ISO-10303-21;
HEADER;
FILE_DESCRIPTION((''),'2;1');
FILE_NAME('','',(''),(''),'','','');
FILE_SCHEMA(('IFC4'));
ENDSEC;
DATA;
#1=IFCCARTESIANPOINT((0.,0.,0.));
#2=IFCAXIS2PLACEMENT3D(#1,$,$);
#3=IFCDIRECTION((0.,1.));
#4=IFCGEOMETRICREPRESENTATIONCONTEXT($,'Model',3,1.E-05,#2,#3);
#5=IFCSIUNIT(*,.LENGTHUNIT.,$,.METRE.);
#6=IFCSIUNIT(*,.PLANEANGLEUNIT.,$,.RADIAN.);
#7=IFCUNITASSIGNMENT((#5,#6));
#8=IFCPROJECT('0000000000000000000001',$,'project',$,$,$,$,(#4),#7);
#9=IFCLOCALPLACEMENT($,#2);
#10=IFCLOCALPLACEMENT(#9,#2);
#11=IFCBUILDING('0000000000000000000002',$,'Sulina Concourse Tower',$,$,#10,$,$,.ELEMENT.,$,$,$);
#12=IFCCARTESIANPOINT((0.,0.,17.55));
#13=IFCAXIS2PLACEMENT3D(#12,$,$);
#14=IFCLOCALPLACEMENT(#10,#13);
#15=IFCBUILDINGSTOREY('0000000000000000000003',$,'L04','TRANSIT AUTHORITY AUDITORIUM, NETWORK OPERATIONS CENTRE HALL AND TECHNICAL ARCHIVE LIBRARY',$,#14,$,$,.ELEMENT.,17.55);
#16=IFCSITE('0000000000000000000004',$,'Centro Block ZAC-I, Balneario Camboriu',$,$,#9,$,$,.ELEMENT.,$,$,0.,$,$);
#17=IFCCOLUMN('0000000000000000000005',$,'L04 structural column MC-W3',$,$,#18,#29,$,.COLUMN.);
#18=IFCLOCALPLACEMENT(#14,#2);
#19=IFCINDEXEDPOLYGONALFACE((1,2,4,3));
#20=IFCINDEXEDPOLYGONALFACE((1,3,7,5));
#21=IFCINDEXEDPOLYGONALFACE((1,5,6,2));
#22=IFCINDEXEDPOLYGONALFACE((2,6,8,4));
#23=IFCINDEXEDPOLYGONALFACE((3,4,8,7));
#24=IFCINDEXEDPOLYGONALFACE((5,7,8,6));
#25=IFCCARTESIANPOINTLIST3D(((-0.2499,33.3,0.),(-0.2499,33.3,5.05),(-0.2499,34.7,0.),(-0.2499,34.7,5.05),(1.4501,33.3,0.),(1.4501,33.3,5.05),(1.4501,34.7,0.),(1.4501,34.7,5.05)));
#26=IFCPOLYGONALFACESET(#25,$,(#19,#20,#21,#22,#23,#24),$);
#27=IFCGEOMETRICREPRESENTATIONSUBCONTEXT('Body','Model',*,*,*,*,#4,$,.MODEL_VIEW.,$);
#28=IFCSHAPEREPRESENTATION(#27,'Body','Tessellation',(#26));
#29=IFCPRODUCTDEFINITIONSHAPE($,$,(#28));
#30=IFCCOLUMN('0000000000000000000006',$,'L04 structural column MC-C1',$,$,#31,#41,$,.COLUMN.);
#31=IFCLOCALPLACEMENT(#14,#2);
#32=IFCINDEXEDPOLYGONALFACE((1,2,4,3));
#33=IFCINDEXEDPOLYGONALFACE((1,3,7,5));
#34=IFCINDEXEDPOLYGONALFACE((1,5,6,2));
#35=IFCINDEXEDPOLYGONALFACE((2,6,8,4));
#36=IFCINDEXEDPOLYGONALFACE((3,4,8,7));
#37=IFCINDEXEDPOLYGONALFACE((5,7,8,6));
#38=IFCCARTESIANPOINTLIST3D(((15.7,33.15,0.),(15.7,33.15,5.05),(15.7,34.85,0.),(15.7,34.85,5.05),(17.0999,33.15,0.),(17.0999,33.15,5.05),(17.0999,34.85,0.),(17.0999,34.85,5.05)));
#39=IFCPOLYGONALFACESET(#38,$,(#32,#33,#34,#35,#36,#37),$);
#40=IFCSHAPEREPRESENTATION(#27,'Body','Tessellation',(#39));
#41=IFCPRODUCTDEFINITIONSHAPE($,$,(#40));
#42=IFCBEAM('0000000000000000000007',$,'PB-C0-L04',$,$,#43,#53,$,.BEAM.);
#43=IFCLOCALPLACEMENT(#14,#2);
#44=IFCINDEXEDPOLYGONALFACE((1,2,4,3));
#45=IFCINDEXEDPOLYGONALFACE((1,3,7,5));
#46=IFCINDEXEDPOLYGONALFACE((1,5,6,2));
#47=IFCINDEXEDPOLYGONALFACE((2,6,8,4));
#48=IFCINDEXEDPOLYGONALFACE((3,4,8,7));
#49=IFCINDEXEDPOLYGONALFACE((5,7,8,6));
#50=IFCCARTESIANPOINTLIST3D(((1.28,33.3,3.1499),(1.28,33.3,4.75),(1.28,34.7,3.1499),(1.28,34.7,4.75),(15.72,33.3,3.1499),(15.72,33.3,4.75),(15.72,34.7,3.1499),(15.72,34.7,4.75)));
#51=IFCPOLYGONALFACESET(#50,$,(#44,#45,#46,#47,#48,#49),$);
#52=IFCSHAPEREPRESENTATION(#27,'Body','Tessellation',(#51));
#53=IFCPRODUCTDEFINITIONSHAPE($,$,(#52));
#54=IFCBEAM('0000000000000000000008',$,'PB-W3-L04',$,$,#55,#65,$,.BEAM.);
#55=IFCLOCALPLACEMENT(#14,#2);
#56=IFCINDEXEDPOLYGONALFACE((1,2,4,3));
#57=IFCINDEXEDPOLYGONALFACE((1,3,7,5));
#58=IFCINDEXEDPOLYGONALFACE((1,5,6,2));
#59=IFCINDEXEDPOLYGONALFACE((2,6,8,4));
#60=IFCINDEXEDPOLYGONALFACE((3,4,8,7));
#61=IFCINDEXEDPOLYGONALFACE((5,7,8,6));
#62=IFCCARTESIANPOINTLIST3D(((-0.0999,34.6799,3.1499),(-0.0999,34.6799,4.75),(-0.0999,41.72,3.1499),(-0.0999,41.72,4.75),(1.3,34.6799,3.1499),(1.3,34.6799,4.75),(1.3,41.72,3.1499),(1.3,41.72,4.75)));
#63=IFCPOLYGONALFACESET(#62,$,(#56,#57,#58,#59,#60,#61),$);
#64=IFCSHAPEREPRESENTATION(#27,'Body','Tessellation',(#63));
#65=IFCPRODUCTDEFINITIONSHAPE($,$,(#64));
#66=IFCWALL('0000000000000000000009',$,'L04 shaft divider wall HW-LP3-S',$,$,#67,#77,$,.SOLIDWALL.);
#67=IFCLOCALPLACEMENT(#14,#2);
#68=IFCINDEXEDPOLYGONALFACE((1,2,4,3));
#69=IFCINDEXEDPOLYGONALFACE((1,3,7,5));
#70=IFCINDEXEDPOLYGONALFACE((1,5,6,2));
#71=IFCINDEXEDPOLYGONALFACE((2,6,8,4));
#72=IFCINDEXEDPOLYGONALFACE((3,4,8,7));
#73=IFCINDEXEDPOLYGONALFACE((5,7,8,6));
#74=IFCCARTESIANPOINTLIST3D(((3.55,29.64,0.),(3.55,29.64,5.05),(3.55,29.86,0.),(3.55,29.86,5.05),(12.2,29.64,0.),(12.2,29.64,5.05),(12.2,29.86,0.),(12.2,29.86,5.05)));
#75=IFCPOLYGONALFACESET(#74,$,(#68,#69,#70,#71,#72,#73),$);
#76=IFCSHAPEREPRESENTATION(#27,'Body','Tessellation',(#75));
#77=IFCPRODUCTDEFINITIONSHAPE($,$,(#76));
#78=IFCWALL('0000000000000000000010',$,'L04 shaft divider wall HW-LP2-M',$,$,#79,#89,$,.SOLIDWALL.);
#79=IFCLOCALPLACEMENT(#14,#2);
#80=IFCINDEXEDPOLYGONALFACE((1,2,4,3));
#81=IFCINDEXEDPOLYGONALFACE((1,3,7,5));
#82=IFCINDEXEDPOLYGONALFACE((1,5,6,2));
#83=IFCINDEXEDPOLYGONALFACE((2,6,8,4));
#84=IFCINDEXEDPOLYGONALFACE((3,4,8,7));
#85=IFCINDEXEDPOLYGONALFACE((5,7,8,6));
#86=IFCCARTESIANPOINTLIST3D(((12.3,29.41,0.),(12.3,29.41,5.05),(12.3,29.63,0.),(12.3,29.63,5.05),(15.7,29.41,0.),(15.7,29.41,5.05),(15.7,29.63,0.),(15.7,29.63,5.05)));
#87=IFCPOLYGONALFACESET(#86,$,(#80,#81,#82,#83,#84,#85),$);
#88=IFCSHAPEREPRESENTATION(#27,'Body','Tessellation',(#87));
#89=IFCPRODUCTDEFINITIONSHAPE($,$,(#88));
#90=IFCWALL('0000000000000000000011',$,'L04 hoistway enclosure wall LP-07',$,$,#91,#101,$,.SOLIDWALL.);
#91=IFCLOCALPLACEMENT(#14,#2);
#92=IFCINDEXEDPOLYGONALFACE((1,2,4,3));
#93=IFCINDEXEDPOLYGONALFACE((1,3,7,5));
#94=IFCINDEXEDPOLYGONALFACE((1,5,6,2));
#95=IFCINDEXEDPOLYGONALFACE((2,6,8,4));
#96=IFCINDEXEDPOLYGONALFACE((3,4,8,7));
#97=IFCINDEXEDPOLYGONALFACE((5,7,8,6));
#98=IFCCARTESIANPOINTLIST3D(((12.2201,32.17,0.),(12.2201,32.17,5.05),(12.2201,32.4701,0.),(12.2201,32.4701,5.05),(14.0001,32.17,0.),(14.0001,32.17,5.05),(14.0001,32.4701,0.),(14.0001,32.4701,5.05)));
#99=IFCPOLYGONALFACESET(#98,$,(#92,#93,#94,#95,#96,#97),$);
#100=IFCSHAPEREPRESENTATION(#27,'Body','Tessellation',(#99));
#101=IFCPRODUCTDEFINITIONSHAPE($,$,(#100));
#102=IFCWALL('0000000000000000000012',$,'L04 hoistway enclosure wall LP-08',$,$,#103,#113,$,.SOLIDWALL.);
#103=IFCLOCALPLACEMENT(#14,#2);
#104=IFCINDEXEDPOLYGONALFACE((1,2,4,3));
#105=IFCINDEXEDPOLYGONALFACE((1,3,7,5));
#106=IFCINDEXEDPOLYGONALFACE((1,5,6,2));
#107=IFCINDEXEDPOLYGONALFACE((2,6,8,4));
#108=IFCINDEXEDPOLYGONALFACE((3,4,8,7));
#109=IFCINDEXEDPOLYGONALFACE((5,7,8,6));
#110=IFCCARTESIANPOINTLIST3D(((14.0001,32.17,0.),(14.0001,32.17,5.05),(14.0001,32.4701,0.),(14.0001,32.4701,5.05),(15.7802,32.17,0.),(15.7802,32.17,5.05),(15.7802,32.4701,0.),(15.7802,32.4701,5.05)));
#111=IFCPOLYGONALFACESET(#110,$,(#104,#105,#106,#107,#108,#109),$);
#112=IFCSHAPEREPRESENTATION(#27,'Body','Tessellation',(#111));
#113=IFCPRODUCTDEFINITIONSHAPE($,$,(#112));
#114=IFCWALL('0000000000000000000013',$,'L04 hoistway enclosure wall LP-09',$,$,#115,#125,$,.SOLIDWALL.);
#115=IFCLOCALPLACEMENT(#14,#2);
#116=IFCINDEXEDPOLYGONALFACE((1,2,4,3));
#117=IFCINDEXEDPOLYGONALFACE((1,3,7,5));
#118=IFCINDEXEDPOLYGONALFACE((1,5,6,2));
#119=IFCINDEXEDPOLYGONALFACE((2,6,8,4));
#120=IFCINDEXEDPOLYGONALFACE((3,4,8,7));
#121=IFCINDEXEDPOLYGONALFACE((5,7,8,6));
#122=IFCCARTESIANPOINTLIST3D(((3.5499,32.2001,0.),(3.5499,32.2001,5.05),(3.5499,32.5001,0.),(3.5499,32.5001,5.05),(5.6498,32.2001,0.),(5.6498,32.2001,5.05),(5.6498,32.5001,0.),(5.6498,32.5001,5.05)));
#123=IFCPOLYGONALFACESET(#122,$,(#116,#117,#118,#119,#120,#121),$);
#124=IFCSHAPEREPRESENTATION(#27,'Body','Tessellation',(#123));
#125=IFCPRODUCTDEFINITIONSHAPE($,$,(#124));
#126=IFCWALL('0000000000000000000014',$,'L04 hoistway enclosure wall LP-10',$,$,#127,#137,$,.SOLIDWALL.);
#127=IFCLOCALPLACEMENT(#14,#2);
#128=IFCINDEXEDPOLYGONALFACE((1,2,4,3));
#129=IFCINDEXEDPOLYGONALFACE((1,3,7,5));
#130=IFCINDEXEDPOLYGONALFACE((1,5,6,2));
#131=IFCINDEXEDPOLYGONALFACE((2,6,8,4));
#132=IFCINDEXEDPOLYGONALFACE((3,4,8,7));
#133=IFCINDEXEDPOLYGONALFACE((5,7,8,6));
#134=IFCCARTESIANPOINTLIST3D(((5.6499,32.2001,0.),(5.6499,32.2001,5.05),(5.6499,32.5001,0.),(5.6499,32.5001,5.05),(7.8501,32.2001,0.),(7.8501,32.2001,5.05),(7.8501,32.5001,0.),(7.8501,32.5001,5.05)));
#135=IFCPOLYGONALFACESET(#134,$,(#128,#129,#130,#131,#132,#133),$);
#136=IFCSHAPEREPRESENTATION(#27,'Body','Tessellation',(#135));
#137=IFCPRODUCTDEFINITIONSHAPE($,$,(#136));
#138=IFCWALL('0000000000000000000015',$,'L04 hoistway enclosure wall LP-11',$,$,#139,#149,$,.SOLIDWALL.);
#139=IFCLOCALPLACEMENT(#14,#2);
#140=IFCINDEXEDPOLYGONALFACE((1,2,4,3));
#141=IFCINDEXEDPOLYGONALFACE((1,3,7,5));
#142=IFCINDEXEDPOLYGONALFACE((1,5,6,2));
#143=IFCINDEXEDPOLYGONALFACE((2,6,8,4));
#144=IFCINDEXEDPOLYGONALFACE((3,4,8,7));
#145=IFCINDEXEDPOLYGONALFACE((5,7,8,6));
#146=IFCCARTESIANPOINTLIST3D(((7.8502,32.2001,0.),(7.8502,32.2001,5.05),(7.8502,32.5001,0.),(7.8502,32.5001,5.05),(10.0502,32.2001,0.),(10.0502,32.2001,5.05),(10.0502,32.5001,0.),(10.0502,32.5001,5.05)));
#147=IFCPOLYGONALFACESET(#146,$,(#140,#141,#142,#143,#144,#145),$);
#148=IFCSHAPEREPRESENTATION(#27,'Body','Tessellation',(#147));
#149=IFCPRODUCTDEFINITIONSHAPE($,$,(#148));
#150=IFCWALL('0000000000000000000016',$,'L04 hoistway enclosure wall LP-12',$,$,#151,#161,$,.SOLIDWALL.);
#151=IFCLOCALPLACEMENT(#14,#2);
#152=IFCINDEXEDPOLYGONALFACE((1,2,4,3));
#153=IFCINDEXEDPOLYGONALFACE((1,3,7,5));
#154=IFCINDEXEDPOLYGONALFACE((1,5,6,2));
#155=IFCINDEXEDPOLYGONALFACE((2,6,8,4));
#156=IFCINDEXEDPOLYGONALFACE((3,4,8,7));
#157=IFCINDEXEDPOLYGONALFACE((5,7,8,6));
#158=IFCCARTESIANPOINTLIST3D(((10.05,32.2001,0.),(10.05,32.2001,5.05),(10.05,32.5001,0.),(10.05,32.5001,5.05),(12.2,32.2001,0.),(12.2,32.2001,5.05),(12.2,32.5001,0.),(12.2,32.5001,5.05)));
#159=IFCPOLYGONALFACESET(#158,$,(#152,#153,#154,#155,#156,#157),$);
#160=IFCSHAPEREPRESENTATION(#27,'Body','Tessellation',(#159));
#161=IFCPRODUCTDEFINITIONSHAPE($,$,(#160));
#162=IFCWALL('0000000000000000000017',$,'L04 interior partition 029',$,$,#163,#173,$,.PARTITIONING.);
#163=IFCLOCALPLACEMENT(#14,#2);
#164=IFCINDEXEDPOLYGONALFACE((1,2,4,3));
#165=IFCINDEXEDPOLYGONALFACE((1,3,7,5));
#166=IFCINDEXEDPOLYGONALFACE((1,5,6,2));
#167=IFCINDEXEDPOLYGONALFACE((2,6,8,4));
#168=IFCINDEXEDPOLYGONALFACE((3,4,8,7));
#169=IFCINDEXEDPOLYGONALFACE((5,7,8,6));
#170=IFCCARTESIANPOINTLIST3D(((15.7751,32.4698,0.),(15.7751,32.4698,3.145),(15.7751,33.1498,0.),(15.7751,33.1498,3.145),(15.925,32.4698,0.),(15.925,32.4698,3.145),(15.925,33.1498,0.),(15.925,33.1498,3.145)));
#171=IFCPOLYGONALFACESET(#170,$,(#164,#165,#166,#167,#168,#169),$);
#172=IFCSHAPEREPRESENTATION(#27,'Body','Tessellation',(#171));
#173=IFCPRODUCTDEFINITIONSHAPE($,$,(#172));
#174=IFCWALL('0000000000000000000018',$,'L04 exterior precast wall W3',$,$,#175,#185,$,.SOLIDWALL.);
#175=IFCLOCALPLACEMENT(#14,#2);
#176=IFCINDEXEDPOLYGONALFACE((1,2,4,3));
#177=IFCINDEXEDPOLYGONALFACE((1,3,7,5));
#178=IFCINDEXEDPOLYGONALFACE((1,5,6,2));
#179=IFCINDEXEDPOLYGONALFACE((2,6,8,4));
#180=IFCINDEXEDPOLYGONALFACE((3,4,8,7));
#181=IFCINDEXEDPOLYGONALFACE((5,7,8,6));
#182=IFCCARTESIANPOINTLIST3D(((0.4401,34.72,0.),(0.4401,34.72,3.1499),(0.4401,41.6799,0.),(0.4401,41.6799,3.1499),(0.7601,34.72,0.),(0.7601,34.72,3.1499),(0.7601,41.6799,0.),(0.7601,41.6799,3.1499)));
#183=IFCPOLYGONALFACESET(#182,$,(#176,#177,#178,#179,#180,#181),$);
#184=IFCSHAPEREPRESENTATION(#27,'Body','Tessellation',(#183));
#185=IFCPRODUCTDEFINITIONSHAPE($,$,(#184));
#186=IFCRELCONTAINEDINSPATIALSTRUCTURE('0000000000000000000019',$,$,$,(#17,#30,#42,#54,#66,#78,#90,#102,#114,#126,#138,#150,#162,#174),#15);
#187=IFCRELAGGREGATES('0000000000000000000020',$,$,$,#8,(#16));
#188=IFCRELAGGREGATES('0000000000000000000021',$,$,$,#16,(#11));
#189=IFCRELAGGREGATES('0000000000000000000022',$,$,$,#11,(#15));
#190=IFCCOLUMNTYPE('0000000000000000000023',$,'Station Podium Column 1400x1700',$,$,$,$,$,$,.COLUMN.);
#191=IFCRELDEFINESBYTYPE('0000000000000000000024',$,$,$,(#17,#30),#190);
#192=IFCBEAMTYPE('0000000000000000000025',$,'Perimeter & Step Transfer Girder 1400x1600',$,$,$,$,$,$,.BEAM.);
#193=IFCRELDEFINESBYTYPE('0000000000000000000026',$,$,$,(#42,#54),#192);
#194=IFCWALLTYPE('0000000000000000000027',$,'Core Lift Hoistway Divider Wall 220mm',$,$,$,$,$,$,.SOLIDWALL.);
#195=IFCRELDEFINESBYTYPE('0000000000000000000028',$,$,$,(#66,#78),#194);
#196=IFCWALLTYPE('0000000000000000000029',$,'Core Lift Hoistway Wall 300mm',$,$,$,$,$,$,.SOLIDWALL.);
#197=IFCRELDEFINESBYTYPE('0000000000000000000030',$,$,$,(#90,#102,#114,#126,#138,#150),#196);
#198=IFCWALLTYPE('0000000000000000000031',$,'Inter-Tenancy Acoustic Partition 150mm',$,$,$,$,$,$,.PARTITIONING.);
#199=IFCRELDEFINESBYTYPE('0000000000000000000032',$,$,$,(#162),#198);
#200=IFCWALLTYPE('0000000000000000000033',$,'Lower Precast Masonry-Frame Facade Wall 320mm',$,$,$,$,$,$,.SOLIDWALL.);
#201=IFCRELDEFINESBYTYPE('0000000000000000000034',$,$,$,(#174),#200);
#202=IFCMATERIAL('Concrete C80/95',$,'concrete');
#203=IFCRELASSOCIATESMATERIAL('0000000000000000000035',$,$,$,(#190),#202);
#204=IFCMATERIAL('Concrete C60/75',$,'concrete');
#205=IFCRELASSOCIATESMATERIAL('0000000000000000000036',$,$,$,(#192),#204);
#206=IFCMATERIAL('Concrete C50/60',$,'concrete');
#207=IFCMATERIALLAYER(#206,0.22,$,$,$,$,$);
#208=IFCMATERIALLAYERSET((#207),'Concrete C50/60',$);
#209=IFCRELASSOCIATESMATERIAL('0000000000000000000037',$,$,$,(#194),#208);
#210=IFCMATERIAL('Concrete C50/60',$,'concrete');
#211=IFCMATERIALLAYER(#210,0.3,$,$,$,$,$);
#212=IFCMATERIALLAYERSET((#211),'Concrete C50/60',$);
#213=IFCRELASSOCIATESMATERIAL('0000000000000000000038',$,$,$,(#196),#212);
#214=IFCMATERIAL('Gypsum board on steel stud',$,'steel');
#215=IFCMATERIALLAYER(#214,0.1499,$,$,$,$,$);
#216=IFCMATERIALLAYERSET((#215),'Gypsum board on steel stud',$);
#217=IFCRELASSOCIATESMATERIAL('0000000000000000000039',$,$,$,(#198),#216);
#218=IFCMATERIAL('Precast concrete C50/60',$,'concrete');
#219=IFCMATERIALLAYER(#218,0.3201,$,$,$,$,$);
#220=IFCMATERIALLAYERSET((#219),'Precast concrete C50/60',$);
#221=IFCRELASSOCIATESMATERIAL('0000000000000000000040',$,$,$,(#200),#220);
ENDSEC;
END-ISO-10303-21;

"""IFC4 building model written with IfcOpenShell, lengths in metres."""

from ifc_helpers import new_model, si_unit, direction, frame, frame_2d, origin, origin_2d, place, context, subcontext, project, spatial, rectangle, extrude, material, layer, layer_set, material_profile, profile_set, type_object, element, save


model = new_model("IFC4")

# Units and contexts
model_context = context("Model", 3, precision=1e-05, world=origin(), true_north=direction((0.0, 1.0)))
body_context = subcontext(model_context, "Body", "Model", "MODEL_VIEW")
ifc_project = project(units=[si_unit("LENGTHUNIT", "METRE"), si_unit("PLANEANGLEUNIT", "RADIAN")], contexts=[model_context])

# Site, building, storey
site_placement = place(None, origin())
site = spatial("IfcSite", under=ifc_project, at=site_placement, Name="Centro Block ZAC-I, Balneario Camboriu", CompositionType="ELEMENT", RefElevation=0.0)
building_placement = place(site_placement, origin())
building = spatial("IfcBuilding", under=site, at=building_placement, Name="Sulina Concourse Tower", CompositionType="ELEMENT")
storey_placement = place(building_placement, frame((0.0, 0.0, 17.55)))
storey = spatial("IfcBuildingStorey", under=building, at=storey_placement, Name="L04", Description="TRANSIT AUTHORITY AUDITORIUM, NETWORK OPERATIONS CENTRE HALL AND TECHNICAL ARCHIVE LIBRARY", CompositionType="ELEMENT", Elevation=17.55)

# Columns
ifc_material_1 = material(Name="Concrete C80/95", Category="concrete")
ifc_material_profile_1 = material_profile(ifc_material_1, rectangle(XDim=1.3999, YDim=1.7, at=origin_2d()), Name="RC 1400x1700")
ifc_profile_set_1 = profile_set([ifc_material_profile_1], Name="Concrete C80/95")
column_type = type_object("IfcColumnType", Name="Station Podium Column 1400x1700", PredefinedType="COLUMN", material=ifc_profile_set_1)
for number, where, z_axis, x_axis, name in (
    (1, (0.6001, 34.0, 0.0), (0.0, 0.0, 1.0), (0.0, 1.0, 0.0), "L04 structural column MC-W3"),
    (2, (16.3999, 34.0, 0.0), (0.0, 0.0, 1.0), (1.0, 0.0, 0.0), "L04 structural column MC-C1"),
):
    element("IfcColumn", number, at=place(storey_placement, frame(where, z_axis=z_axis, x_axis=x_axis)), inside=storey, type_object=column_type, Name=name, PredefinedType="COLUMN", context=body_context, shape_type="SweptSolid", body=[
        extrude(rectangle(XDim=1.3999, YDim=1.7, at=origin_2d()), origin(), (0.0, 0.0, 1.0), 5.05),
    ])

# Beams
ifc_material_2 = material(Name="Concrete C60/75", Category="concrete")
ifc_material_profile_2 = material_profile(ifc_material_2, rectangle(XDim=1.3999, YDim=1.6001, at=origin_2d()), Name="RC 1400x1600")
ifc_profile_set_2 = profile_set([ifc_material_profile_2], Name="Concrete C60/75")
beam_type = type_object("IfcBeamType", Name="Perimeter & Step Transfer Girder 1400x1600", PredefinedType="BEAM", material=ifc_profile_set_2)
beam_1_placement = place(storey_placement, frame((1.28, 34.0, 3.95), z_axis=(1.0, 0.0, 0.0), x_axis=(0.0, 1.0, 0.0)))
element("IfcBeam", 3, at=beam_1_placement, inside=storey, type_object=beam_type, Name="PB-C0-L04", PredefinedType="BEAM", context=body_context, shape_type="SweptSolid", body=[
    extrude(rectangle(XDim=1.3999, YDim=1.6001, at=origin_2d()), origin(), (0.0, 0.0, 1.0), 14.4399),
])
beam_2_placement = place(storey_placement, frame((0.6001, 34.6799, 3.95), z_axis=(0.0, 1.0, 0.0), x_axis=(-1.0, 0.0, 0.0)))
element("IfcBeam", 4, at=beam_2_placement, inside=storey, type_object=beam_type, Name="PB-W3-L04", PredefinedType="BEAM", context=body_context, shape_type="SweptSolid", body=[
    extrude(rectangle(XDim=1.3999, YDim=1.6001, at=origin_2d()), origin(), (0.0, 0.0, 1.0), 7.04),
])

# Walls
ifc_material_3 = material(Name="Concrete C50/60", Category="concrete")
ifc_layer_1 = layer(ifc_material_3, 0.22)
ifc_layer_set_1 = layer_set([ifc_layer_1], Name="Concrete C50/60")
wall_type_1 = type_object("IfcWallType", Name="Core Lift Hoistway Divider Wall 220mm", PredefinedType="SOLIDWALL", material=ifc_layer_set_1)
wall_1_placement = place(storey_placement, frame((3.55, 29.75, 0.0), z_axis=(0.0, 0.0, 1.0), x_axis=(1.0, 0.0, 0.0)))
element("IfcWall", 5, at=wall_1_placement, inside=storey, type_object=wall_type_1, Name="L04 shaft divider wall HW-LP3-S", PredefinedType="SOLIDWALL", context=body_context, shape_type="SweptSolid", body=[
    extrude(rectangle(XDim=8.6499, YDim=0.22, at=frame_2d((4.325, 0.0))), origin(), (0.0, 0.0, 1.0), 5.05),
])
wall_2_placement = place(storey_placement, frame((12.3, 29.52, 0.0), z_axis=(0.0, 0.0, 1.0), x_axis=(1.0, 0.0, 0.0)))
element("IfcWall", 6, at=wall_2_placement, inside=storey, type_object=wall_type_1, Name="L04 shaft divider wall HW-LP2-M", PredefinedType="SOLIDWALL", context=body_context, shape_type="SweptSolid", body=[
    extrude(rectangle(XDim=3.3999, YDim=0.22, at=frame_2d((1.7, 0.0))), origin(), (0.0, 0.0, 1.0), 5.05),
])
ifc_material_4 = material(Name="Concrete C50/60", Category="concrete")
ifc_layer_2 = layer(ifc_material_4, 0.3)
ifc_layer_set_2 = layer_set([ifc_layer_2], Name="Concrete C50/60")
wall_type_2 = type_object("IfcWallType", Name="Core Lift Hoistway Wall 300mm", PredefinedType="SOLIDWALL", material=ifc_layer_set_2)
for number, where, z_axis, x_axis, name in (
    (7, (12.22, 32.3201, 0.0), (0.0, 0.0, 1.0), (1.0, 0.0, 0.0), "L04 hoistway enclosure wall LP-07"),
    (8, (14.0, 32.3201, 0.0), (0.0, 0.0, 1.0), (1.0, 0.0, 0.0), "L04 hoistway enclosure wall LP-08"),
):
    element("IfcWall", number, at=place(storey_placement, frame(where, z_axis=z_axis, x_axis=x_axis)), inside=storey, type_object=wall_type_2, Name=name, PredefinedType="SOLIDWALL", context=body_context, shape_type="SweptSolid", body=[
        extrude(rectangle(XDim=1.78, YDim=0.3, at=frame_2d((0.8901, 0.0))), origin(), (0.0, 0.0, 1.0), 5.05),
    ])
wall_3_placement = place(storey_placement, frame((3.55, 32.3501, 0.0), z_axis=(0.0, 0.0, 1.0), x_axis=(1.0, 0.0, 0.0)))
element("IfcWall", 9, at=wall_3_placement, inside=storey, type_object=wall_type_2, Name="L04 hoistway enclosure wall LP-09", PredefinedType="SOLIDWALL", context=body_context, shape_type="SweptSolid", body=[
    extrude(rectangle(XDim=2.0999, YDim=0.3, at=frame_2d((1.0498, 0.0))), origin(), (0.0, 0.0, 1.0), 5.05),
])
wall_4_placement = place(storey_placement, frame((5.6499, 32.3501, 0.0), z_axis=(0.0, 0.0, 1.0), x_axis=(1.0, 0.0, 0.0)))
element("IfcWall", 10, at=wall_4_placement, inside=storey, type_object=wall_type_2, Name="L04 hoistway enclosure wall LP-10", PredefinedType="SOLIDWALL", context=body_context, shape_type="SweptSolid", body=[
    extrude(rectangle(XDim=2.2002, YDim=0.3, at=frame_2d((1.1001, 0.0))), origin(), (0.0, 0.0, 1.0), 5.05),
])
wall_5_placement = place(storey_placement, frame((7.8501, 32.3501, 0.0), z_axis=(0.0, 0.0, 1.0), x_axis=(1.0, 0.0, 0.0)))
element("IfcWall", 11, at=wall_5_placement, inside=storey, type_object=wall_type_2, Name="L04 hoistway enclosure wall LP-11", PredefinedType="SOLIDWALL", context=body_context, shape_type="SweptSolid", body=[
    extrude(rectangle(XDim=2.2, YDim=0.3, at=frame_2d((1.1001, 0.0))), origin(), (0.0, 0.0, 1.0), 5.05),
])
wall_6_placement = place(storey_placement, frame((10.05, 32.3501, 0.0), z_axis=(0.0, 0.0, 1.0), x_axis=(1.0, 0.0, 0.0)))
element("IfcWall", 12, at=wall_6_placement, inside=storey, type_object=wall_type_2, Name="L04 hoistway enclosure wall LP-12", PredefinedType="SOLIDWALL", context=body_context, shape_type="SweptSolid", body=[
    extrude(rectangle(XDim=2.1499, YDim=0.3, at=frame_2d((1.075, 0.0))), origin(), (0.0, 0.0, 1.0), 5.05),
])
ifc_material_5 = material(Name="Gypsum board on steel stud", Category="steel")
ifc_layer_3 = layer(ifc_material_5, 0.1499)
ifc_layer_set_3 = layer_set([ifc_layer_3], Name="Gypsum board on steel stud")
wall_type_3 = type_object("IfcWallType", Name="Inter-Tenancy Acoustic Partition 150mm", PredefinedType="PARTITIONING", material=ifc_layer_set_3)
wall_7_placement = place(storey_placement, frame((15.8501, 32.47, 0.0), z_axis=(0.0, 0.0, 1.0), x_axis=(0.0, 1.0, 0.0)))
element("IfcWall", 13, at=wall_7_placement, inside=storey, type_object=wall_type_3, Name="L04 interior partition 029", PredefinedType="PARTITIONING", context=body_context, shape_type="SweptSolid", body=[
    extrude(rectangle(XDim=0.6799, YDim=0.1499, at=frame_2d((0.3398, 0.0))), origin(), (0.0, 0.0, 1.0), 3.145),
])
ifc_material_6 = material(Name="Precast concrete C50/60", Category="concrete")
ifc_layer_4 = layer(ifc_material_6, 0.3201)
ifc_layer_set_4 = layer_set([ifc_layer_4], Name="Precast concrete C50/60")
wall_type_4 = type_object("IfcWallType", Name="Lower Precast Masonry-Frame Facade Wall 320mm", PredefinedType="SOLIDWALL", material=ifc_layer_set_4)
wall_8_placement = place(storey_placement, frame((0.6001, 34.72, 0.0), z_axis=(0.0, 0.0, 1.0), x_axis=(0.0, 1.0, 0.0)))
element("IfcWall", 14, at=wall_8_placement, inside=storey, type_object=wall_type_4, Name="L04 exterior precast wall W3", PredefinedType="SOLIDWALL", context=body_context, shape_type="SweptSolid", body=[
    extrude(rectangle(XDim=6.96, YDim=0.3201, at=frame_2d((3.48, 0.0))), origin(), (0.0, 0.0, 1.0), 3.1499),
])

save(model, "model.ifc")
